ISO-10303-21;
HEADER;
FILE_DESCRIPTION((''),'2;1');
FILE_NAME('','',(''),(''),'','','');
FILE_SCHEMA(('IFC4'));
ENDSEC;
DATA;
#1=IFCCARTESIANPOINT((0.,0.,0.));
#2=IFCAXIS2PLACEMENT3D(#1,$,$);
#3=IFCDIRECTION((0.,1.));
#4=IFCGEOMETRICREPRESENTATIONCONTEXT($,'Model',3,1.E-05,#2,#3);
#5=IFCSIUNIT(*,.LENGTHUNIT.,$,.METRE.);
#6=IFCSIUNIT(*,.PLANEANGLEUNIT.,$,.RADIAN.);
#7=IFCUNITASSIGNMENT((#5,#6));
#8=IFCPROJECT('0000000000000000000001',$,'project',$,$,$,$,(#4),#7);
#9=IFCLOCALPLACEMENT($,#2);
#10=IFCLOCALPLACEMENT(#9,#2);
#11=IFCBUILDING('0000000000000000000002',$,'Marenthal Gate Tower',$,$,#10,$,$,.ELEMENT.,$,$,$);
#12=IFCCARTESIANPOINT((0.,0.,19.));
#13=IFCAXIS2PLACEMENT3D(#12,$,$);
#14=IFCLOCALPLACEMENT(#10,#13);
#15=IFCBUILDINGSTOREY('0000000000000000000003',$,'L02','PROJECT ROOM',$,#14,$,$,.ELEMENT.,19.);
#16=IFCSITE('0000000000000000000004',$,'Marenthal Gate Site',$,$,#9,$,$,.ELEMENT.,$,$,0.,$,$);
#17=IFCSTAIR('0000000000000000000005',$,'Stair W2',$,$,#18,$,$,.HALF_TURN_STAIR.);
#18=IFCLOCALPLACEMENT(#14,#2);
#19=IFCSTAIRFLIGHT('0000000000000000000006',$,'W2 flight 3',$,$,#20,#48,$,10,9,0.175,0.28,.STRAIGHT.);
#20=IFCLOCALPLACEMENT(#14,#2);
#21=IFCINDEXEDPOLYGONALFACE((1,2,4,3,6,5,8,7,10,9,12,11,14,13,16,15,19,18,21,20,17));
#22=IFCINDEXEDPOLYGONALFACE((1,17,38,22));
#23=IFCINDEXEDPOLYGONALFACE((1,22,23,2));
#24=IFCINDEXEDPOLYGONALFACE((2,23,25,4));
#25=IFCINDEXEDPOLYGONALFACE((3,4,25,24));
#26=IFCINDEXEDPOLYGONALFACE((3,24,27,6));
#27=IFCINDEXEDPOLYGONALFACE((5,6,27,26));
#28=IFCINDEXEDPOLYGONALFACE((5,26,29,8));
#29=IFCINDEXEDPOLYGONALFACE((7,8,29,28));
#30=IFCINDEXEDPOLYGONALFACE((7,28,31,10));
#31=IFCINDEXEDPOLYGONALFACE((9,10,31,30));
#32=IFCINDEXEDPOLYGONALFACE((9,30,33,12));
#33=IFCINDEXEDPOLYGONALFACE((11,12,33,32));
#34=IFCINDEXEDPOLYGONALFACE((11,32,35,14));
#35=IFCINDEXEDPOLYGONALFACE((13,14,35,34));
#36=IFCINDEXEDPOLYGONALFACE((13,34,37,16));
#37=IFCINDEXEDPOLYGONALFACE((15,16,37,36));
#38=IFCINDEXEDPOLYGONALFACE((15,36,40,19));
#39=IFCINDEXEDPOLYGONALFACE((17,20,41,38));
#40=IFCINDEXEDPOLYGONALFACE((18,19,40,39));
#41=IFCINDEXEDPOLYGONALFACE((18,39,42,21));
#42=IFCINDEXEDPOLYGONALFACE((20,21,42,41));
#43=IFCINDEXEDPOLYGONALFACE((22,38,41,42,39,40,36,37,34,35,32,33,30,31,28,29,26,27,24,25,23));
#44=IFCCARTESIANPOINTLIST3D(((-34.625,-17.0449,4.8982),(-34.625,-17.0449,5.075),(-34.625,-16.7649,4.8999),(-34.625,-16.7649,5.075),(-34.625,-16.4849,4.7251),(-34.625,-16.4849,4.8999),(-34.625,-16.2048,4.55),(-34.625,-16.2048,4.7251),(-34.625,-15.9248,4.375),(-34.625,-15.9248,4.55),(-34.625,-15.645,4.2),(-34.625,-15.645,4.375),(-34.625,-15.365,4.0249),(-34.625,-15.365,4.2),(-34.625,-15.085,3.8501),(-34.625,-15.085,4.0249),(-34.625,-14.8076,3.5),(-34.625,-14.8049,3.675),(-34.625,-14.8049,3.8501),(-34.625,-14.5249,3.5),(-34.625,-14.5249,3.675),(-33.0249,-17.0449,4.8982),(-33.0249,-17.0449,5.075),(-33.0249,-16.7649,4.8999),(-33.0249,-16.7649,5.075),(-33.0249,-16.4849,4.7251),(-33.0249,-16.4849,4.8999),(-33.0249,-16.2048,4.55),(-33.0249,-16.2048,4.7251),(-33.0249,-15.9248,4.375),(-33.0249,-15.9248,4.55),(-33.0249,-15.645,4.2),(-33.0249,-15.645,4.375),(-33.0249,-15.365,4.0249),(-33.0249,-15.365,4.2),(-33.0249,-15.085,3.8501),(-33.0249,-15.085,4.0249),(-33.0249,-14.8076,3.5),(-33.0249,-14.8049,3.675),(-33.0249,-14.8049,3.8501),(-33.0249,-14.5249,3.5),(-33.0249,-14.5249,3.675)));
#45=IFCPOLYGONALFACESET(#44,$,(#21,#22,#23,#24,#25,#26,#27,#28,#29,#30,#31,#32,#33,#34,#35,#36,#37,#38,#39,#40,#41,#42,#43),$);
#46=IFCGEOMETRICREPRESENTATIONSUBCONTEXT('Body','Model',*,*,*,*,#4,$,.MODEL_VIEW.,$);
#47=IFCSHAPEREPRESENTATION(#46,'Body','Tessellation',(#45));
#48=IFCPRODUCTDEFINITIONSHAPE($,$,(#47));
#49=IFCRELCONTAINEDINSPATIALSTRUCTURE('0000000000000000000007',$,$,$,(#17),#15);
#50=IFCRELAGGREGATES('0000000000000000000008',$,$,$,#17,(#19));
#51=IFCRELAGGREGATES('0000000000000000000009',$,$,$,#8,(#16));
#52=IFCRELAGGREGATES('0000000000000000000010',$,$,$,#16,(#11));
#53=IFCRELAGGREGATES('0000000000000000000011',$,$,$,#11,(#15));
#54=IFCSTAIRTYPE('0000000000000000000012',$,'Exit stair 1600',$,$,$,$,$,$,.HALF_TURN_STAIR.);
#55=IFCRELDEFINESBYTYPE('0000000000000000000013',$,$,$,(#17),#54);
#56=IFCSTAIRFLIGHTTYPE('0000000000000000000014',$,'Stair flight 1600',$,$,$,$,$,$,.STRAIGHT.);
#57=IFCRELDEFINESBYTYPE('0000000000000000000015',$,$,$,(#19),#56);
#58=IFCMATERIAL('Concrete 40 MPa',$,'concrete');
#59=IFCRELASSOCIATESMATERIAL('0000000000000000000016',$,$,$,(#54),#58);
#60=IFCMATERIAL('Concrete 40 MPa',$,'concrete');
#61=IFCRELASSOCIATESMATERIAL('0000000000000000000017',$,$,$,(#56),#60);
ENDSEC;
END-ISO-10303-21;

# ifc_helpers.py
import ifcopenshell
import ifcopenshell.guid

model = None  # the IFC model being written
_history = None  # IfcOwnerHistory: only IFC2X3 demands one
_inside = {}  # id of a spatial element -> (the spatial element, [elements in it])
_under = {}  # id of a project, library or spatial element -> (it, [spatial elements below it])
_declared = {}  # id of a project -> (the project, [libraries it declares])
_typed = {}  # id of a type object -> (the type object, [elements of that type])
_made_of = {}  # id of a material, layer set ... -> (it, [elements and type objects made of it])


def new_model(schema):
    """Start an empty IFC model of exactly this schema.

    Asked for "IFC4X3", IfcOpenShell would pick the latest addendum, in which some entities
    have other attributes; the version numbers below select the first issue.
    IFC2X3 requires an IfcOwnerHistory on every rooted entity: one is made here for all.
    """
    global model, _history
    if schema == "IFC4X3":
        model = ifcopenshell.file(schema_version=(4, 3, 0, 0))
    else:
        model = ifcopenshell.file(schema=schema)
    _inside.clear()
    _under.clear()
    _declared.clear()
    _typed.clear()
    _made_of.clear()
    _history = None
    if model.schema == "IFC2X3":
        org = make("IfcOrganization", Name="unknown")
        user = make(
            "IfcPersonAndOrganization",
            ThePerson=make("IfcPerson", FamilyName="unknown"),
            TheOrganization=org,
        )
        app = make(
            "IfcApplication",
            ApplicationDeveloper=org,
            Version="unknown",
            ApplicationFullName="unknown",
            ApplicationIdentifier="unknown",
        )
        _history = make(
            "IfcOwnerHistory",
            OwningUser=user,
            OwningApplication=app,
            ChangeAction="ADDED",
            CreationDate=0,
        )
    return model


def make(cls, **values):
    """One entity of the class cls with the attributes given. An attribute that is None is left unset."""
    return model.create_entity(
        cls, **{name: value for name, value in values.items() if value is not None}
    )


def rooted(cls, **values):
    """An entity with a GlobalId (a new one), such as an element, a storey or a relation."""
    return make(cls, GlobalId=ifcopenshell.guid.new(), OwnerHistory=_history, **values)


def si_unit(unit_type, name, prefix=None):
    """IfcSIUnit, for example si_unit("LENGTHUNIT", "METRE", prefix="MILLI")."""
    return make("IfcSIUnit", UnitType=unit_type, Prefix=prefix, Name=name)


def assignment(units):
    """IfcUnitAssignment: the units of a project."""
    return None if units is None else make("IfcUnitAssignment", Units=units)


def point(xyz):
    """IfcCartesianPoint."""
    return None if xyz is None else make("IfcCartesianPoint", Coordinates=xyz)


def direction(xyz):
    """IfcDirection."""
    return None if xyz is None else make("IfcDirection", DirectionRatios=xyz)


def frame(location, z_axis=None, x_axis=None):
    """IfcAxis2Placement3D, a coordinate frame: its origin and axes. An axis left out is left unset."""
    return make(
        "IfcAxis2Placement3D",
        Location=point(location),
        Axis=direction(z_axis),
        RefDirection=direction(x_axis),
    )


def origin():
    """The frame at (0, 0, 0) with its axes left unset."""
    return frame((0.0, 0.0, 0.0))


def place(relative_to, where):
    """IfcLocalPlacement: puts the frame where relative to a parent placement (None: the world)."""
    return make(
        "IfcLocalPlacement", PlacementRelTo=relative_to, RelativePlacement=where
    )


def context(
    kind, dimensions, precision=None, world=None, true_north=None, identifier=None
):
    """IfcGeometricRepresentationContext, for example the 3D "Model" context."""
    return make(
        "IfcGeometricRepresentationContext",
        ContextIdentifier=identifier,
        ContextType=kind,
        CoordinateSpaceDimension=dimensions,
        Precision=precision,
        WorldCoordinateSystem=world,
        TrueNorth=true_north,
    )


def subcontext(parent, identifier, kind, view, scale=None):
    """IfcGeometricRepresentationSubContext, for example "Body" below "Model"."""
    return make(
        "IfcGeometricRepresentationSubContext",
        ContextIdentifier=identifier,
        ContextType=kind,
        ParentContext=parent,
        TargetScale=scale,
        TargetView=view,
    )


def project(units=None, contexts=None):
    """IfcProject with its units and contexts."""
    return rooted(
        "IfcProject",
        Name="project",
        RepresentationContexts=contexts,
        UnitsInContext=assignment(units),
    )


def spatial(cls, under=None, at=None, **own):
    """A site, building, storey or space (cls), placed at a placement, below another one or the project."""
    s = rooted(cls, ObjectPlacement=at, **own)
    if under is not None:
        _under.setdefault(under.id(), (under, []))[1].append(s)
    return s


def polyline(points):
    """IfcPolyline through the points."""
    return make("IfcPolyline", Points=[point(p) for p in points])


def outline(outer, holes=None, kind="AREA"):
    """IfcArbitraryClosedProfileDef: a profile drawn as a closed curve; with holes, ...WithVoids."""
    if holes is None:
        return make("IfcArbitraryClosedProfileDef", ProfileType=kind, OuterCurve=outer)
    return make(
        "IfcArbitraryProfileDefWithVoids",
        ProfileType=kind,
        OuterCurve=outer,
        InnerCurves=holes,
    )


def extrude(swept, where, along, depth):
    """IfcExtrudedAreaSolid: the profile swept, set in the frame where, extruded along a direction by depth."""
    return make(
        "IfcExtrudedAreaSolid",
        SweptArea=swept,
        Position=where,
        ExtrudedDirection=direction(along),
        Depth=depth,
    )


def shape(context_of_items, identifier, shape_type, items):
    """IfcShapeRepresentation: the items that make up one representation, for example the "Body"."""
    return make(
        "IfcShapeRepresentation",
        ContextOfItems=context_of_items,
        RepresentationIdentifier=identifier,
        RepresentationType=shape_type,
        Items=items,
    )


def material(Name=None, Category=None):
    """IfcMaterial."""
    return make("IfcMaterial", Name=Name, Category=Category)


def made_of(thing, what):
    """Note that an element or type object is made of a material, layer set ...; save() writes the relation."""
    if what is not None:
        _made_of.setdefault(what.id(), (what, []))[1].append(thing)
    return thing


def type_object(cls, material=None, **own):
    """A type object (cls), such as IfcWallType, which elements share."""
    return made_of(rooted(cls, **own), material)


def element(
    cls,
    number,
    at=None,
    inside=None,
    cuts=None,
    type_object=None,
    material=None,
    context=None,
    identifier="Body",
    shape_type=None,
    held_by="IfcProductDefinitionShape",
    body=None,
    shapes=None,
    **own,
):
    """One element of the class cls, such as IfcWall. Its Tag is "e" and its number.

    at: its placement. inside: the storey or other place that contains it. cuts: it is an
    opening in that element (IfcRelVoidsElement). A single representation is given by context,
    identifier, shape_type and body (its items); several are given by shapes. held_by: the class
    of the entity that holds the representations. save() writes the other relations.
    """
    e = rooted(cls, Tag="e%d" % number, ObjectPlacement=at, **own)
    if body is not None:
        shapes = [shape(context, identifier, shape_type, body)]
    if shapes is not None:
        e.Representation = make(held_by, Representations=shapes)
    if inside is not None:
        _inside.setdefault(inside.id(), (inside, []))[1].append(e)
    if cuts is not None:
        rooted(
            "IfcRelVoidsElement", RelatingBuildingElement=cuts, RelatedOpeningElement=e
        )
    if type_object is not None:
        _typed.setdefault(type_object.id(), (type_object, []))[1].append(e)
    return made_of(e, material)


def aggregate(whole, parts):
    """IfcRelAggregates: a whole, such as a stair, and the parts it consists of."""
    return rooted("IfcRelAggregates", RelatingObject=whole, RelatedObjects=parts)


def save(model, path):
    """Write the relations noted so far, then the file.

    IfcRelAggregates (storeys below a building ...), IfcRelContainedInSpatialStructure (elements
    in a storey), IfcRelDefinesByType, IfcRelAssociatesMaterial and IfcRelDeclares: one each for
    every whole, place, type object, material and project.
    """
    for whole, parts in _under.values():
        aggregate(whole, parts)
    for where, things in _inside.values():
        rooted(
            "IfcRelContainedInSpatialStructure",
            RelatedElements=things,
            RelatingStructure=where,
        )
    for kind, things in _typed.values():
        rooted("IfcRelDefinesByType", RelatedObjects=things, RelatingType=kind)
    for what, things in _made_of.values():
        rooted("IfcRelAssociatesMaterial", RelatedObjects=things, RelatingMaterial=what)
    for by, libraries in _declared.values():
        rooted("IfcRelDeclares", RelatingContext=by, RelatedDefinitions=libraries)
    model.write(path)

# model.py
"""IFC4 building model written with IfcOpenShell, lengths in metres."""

from ifc_helpers import new_model, si_unit, direction, frame, origin, place, context, subcontext, project, spatial, polyline, outline, extrude, material, type_object, element, aggregate, save


model = new_model("IFC4")

# Units and contexts
model_context = context("Model", 3, precision=1e-05, world=origin(), true_north=direction((0.0, 1.0)))
body_context = subcontext(model_context, "Body", "Model", "MODEL_VIEW")
ifc_project = project(units=[si_unit("LENGTHUNIT", "METRE"), si_unit("PLANEANGLEUNIT", "RADIAN")], contexts=[model_context])

# Site, building, storey
site_placement = place(None, origin())
site = spatial("IfcSite", under=ifc_project, at=site_placement, Name="Marenthal Gate Site", CompositionType="ELEMENT", RefElevation=0.0)
building_placement = place(site_placement, origin())
building = spatial("IfcBuilding", under=site, at=building_placement, Name="Marenthal Gate Tower", CompositionType="ELEMENT")
storey_placement = place(building_placement, frame((0.0, 0.0, 19.0)))
storey = spatial("IfcBuildingStorey", under=building, at=storey_placement, Name="L02", Description="PROJECT ROOM", CompositionType="ELEMENT", Elevation=19.0)

# Stair, stair flight
ifc_material_1 = material(Name="Concrete 40 MPa", Category="concrete")
stair_type = type_object("IfcStairType", Name="Exit stair 1600", PredefinedType="HALF_TURN_STAIR", material=ifc_material_1)
stair_placement = place(storey_placement, origin())
stair = element("IfcStair", 1, at=stair_placement, inside=storey, type_object=stair_type, Name="Stair W2", PredefinedType="HALF_TURN_STAIR")
ifc_material_2 = material(Name="Concrete 40 MPa", Category="concrete")
stair_flight_type = type_object("IfcStairFlightType", Name="Stair flight 1600", PredefinedType="STRAIGHT", material=ifc_material_2)
stair_flight_1_placement = place(storey_placement, frame((-33.825, -14.5249, 3.5), z_axis=(0.0, 0.0, 1.0), x_axis=(0.0, -1.0, 0.0)))
stair_flight_1 = element("IfcStairFlight", 2, at=stair_flight_1_placement, type_object=stair_flight_type, Name="W2 flight 3", NumberOfRisers=10, NumberOfTreads=9, PredefinedType="STRAIGHT", RiserHeight=0.175, TreadLength=0.28, context=body_context, shape_type="SweptSolid", body=[
    extrude(outline(polyline([(0.0, 0.0), (0.0, 0.175), (0.28, 0.175), (0.28, 0.3501), (0.5601, 0.3501), (0.5601, 0.5249), (0.8401, 0.5249), (0.8401, 0.7), (1.1201, 0.7), (1.1201, 0.875), (1.3999, 0.875), (1.3999, 1.05), (1.6799, 1.05), (1.6799, 1.2251), (1.96, 1.2251), (1.96, 1.3999), (2.24, 1.3999), (2.24, 1.575), (2.52, 1.575), (2.52, 1.75), (2.52, 1.3982), (0.2827, 0.0), (0.0, 0.0)])), frame((0.0, 0.8, 0.0), z_axis=(0.0, -1.0, 0.0), x_axis=(1.0, 0.0, 0.0)), (0.0, 0.0, 1.0), 1.6001),
])
aggregate(stair, [stair_flight_1])

save(model, "model.ifc")
